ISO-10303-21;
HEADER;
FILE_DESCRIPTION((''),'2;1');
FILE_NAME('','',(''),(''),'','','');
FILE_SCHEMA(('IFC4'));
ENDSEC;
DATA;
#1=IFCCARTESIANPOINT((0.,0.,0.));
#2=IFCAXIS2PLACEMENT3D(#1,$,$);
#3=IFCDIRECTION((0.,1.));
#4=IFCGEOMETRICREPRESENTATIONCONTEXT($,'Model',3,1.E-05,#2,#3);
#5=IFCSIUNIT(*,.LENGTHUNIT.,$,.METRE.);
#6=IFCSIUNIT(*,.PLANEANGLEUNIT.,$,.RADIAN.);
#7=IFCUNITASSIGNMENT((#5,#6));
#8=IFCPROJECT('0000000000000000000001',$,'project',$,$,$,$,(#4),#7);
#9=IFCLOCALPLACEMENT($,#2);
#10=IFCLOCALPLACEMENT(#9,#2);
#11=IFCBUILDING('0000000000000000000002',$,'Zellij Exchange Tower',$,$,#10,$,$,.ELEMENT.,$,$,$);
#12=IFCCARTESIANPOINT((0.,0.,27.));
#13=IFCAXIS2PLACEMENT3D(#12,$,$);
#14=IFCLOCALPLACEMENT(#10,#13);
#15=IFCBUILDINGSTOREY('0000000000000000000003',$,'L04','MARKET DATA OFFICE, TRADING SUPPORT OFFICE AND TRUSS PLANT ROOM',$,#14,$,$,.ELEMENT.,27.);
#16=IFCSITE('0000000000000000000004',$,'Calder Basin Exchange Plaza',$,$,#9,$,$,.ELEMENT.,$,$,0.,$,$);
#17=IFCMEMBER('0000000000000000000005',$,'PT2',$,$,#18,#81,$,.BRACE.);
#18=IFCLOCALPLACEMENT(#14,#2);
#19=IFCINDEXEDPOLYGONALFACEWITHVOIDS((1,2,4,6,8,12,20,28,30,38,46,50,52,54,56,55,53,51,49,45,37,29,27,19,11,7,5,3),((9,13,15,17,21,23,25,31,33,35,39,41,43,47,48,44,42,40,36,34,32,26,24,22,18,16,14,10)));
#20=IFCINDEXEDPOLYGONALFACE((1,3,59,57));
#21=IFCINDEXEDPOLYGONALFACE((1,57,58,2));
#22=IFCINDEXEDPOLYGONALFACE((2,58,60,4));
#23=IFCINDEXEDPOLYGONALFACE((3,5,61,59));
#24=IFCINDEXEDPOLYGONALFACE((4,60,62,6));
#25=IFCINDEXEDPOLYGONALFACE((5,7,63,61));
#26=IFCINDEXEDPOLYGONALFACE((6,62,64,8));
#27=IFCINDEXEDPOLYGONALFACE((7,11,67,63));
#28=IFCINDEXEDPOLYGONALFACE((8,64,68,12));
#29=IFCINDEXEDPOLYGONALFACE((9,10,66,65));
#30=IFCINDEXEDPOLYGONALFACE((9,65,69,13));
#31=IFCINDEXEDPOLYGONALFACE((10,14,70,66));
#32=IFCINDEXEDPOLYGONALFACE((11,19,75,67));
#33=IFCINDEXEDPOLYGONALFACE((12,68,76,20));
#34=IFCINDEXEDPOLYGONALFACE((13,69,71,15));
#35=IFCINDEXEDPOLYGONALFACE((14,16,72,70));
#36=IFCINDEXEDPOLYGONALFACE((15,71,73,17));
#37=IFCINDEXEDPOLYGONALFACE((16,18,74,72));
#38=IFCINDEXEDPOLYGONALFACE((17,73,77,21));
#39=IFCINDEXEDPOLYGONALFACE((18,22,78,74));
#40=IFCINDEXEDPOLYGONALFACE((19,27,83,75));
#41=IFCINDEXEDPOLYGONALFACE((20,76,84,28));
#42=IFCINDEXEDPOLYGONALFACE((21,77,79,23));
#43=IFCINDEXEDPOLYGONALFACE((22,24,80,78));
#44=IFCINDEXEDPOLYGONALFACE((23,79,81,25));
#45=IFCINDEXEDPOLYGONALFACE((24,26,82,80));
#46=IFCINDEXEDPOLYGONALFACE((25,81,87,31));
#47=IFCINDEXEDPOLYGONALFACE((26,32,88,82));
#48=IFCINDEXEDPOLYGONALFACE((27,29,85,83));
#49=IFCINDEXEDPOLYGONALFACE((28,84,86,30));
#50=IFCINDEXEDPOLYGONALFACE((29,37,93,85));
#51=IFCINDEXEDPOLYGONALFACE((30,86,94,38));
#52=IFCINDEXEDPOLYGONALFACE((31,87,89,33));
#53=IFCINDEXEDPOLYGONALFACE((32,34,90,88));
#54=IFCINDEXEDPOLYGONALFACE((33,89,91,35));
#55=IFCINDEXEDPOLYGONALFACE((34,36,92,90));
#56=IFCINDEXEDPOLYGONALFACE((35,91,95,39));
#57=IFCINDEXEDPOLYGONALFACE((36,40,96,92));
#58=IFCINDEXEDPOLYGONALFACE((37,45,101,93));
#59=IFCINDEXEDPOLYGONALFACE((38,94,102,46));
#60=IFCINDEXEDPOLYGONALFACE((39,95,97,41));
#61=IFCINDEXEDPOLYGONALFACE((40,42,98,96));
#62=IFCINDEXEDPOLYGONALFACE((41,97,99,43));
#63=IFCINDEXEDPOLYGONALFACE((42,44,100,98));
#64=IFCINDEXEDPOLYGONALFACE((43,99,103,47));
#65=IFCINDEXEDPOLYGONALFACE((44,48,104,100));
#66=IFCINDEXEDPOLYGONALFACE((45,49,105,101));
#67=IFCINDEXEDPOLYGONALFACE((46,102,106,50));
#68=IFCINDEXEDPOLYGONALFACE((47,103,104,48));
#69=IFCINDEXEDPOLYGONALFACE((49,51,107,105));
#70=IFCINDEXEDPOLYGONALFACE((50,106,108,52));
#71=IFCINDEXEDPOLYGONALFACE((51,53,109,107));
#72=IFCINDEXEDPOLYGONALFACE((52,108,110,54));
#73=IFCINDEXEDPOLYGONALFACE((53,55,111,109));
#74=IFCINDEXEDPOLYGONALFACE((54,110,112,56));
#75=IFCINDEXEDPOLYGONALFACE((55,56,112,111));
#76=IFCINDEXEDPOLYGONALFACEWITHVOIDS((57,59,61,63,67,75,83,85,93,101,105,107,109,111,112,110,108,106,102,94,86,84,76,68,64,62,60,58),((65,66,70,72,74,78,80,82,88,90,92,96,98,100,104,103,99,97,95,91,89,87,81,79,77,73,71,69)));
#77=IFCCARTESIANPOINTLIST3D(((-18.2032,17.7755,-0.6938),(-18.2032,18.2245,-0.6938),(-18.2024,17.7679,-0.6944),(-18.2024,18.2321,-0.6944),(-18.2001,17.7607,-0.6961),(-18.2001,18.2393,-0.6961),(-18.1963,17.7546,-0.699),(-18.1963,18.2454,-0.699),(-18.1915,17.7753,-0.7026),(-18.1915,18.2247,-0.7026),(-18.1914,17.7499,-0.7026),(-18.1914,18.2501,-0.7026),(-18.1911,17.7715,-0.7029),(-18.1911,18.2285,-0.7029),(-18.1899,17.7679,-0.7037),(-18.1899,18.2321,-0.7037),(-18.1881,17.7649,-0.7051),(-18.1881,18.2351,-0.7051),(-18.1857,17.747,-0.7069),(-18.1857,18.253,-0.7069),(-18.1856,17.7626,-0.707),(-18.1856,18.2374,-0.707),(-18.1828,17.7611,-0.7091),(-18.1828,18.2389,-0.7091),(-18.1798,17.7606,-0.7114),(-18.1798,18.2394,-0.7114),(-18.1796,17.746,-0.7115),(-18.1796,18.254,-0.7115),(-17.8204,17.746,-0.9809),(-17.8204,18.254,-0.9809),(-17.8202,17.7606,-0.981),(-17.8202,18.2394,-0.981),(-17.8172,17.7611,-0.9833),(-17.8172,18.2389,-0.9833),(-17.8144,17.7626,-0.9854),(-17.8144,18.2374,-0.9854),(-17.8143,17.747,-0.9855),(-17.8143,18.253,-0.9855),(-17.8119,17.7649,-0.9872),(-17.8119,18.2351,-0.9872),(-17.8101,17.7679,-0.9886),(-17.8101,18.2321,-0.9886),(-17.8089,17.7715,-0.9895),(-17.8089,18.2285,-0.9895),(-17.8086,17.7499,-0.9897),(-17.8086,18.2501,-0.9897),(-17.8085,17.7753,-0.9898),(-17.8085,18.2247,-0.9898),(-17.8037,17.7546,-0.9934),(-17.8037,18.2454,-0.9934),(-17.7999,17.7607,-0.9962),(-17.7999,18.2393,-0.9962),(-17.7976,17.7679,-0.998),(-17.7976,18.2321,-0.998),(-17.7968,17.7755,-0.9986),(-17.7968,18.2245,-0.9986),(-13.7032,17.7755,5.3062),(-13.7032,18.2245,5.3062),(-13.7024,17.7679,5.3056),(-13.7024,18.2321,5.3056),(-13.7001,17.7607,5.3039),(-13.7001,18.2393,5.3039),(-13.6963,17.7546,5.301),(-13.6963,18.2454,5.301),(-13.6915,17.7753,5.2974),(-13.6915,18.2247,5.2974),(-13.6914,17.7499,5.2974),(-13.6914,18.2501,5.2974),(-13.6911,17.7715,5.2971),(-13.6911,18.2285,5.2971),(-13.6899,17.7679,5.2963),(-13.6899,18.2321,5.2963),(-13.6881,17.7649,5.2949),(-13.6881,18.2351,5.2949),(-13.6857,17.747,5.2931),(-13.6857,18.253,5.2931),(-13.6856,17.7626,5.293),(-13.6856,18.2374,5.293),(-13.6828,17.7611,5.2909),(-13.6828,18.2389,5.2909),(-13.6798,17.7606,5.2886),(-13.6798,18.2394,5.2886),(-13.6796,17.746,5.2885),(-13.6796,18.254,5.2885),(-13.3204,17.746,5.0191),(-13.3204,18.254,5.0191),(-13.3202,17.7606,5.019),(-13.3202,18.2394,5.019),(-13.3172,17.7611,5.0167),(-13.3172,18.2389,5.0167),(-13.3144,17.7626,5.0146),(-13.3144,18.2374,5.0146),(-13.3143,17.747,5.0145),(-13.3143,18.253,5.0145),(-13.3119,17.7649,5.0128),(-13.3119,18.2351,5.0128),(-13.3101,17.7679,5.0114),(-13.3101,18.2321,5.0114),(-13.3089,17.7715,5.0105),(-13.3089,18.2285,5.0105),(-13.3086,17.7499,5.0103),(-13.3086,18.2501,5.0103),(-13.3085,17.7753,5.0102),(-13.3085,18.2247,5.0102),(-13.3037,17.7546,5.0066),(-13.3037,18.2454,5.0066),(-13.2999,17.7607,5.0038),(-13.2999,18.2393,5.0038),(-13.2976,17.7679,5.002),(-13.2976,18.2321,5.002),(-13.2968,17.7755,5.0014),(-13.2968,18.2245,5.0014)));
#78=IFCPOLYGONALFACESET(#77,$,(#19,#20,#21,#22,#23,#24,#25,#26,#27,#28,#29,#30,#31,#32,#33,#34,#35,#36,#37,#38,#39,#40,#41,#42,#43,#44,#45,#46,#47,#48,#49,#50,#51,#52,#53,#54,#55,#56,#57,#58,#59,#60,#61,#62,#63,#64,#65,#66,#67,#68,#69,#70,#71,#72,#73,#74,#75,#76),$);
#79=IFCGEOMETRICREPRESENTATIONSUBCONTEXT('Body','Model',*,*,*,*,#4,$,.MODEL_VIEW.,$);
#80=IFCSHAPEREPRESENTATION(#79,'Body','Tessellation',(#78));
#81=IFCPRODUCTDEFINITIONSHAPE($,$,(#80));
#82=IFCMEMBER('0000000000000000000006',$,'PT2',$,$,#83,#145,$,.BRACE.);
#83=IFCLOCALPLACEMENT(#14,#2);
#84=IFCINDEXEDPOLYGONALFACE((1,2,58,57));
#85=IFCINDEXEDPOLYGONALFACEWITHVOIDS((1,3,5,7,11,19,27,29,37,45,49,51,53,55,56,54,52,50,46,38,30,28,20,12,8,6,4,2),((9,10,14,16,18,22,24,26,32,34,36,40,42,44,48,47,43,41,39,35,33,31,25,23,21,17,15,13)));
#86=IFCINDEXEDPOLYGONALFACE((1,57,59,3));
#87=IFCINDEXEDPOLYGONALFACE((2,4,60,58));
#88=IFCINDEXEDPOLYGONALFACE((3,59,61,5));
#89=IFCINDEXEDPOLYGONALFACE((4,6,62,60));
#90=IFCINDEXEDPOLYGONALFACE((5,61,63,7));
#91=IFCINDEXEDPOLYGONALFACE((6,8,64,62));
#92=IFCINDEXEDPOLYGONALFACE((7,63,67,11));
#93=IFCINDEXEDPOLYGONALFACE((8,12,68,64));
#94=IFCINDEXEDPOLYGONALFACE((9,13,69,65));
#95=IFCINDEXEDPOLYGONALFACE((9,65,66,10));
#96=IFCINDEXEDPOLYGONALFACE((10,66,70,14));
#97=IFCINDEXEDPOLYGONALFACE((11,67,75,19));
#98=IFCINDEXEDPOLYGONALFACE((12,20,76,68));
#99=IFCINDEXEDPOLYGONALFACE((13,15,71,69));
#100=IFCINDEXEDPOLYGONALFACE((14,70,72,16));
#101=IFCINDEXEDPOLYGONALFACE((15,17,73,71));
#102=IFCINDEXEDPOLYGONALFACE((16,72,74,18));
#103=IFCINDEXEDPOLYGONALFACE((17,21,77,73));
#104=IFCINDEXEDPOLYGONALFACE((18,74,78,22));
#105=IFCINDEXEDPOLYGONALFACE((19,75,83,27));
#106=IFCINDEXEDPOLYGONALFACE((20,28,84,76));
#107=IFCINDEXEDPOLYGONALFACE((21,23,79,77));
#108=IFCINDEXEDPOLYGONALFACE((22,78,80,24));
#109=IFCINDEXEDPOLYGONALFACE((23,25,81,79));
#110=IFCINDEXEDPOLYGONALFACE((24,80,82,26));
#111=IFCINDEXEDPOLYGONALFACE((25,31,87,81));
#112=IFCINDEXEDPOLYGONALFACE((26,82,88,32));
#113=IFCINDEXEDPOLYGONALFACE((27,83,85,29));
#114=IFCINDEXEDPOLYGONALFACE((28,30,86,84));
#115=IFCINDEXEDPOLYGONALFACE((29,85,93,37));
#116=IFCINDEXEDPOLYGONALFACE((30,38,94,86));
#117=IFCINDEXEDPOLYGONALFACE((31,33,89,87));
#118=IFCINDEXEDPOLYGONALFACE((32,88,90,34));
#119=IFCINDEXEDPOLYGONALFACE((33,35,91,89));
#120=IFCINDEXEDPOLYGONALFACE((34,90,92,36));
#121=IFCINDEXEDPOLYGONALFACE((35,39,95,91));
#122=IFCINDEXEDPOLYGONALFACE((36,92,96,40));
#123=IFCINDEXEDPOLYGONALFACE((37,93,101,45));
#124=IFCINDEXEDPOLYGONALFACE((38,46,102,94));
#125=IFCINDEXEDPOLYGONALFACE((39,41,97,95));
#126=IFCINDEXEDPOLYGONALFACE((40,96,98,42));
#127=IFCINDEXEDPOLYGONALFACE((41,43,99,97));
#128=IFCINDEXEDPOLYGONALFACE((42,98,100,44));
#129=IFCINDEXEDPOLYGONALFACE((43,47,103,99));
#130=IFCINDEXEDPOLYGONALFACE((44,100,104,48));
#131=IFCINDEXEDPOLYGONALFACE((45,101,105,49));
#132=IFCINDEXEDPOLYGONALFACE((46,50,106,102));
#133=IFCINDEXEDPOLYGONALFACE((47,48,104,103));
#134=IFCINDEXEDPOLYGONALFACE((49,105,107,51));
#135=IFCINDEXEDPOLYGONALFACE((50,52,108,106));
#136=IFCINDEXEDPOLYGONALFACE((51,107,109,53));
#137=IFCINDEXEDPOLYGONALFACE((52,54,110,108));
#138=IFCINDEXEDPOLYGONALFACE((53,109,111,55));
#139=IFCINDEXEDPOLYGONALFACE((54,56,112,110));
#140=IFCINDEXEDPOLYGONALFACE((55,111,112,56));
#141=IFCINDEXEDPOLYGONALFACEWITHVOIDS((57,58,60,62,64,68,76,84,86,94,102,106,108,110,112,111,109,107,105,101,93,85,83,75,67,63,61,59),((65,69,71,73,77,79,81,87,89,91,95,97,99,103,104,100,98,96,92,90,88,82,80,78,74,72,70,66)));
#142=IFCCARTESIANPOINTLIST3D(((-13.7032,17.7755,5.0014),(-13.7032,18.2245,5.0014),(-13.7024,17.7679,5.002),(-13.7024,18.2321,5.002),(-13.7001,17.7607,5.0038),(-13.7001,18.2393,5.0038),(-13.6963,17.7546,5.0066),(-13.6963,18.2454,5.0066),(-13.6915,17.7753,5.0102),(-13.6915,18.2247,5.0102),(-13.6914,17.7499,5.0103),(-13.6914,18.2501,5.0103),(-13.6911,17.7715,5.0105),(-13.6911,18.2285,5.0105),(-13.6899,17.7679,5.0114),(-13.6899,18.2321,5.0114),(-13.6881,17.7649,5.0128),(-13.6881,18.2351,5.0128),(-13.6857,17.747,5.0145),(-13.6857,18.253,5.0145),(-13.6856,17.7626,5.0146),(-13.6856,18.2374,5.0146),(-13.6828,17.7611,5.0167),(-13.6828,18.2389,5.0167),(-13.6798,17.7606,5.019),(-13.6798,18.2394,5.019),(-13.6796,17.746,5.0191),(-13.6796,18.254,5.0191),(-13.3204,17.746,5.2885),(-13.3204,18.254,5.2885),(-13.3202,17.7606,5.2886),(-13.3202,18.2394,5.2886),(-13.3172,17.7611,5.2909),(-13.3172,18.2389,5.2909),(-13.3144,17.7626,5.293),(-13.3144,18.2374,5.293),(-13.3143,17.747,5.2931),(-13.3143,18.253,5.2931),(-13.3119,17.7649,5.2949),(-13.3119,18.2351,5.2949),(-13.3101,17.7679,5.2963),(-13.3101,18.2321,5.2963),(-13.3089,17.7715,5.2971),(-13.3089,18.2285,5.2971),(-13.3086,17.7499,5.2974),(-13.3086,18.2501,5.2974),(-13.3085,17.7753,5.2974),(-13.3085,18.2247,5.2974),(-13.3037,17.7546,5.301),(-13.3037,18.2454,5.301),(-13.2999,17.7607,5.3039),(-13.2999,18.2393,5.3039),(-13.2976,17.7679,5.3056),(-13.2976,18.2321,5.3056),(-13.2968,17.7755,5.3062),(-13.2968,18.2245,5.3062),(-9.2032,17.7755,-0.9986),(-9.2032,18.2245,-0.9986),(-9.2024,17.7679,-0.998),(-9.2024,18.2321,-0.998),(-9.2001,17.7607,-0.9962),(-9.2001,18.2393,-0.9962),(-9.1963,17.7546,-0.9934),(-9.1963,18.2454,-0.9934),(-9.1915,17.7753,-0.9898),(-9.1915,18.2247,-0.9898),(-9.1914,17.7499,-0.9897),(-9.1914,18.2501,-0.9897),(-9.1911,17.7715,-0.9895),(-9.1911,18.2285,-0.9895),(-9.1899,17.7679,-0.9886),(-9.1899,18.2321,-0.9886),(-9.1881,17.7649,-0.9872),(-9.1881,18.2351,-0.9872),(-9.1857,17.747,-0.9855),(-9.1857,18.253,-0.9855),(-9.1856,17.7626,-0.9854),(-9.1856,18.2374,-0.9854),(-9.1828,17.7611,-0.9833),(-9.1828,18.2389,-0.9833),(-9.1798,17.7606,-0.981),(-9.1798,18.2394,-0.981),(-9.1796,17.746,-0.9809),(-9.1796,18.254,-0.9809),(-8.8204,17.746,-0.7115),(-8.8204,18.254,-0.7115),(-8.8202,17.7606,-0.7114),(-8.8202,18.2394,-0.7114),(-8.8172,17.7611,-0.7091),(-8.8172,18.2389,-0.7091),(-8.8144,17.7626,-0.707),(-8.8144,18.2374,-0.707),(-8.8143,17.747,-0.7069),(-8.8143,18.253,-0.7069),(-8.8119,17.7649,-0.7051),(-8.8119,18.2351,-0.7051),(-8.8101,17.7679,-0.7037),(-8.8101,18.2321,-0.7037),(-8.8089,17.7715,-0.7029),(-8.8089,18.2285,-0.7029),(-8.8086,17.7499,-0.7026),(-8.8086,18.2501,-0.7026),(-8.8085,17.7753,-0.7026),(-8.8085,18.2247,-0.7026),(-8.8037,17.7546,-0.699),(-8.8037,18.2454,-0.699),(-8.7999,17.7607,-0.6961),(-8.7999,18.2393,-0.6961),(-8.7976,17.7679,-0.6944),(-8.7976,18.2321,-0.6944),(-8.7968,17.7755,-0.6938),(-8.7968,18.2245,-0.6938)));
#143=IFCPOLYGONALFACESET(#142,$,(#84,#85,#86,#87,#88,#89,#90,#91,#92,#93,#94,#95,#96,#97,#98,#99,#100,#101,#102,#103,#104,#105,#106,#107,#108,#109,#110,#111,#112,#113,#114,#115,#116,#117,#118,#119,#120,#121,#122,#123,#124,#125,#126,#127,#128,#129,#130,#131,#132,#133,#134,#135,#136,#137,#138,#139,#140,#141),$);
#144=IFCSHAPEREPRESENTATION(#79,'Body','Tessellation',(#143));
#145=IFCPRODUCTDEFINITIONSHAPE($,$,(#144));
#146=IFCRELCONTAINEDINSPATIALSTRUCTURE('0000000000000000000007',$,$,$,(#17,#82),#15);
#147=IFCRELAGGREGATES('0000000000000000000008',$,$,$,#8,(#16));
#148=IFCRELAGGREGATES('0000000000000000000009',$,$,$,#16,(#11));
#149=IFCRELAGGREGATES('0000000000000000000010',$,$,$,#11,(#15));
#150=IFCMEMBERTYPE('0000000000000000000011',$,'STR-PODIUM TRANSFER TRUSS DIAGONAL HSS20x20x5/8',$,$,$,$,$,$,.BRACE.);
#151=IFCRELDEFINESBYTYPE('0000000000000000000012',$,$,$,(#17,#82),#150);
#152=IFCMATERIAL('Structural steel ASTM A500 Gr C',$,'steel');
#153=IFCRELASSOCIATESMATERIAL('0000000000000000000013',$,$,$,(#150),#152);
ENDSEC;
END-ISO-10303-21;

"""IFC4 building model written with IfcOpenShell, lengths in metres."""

from ifc_helpers import new_model, si_unit, direction, frame, origin, origin_2d, place, context, subcontext, project, spatial, hollow_rectangle, extrude, material, material_profile, profile_set, type_object, element, save


model = new_model("IFC4")

# Units and contexts
model_context = context("Model", 3, precision=1e-05, world=origin(), true_north=direction((0.0, 1.0)))
body_context = subcontext(model_context, "Body", "Model", "MODEL_VIEW")
ifc_project = project(units=[si_unit("LENGTHUNIT", "METRE"), si_unit("PLANEANGLEUNIT", "RADIAN")], contexts=[model_context])

# Site, building, storey
site_placement = place(None, origin())
site = spatial("IfcSite", under=ifc_project, at=site_placement, Name="Calder Basin Exchange Plaza", CompositionType="ELEMENT", RefElevation=0.0)
building_placement = place(site_placement, origin())
building = spatial("IfcBuilding", under=site, at=building_placement, Name="Zellij Exchange Tower", CompositionType="ELEMENT")
storey_placement = place(building_placement, frame((0.0, 0.0, 27.0)))
storey = spatial("IfcBuildingStorey", under=building, at=storey_placement, Name="L04", Description="MARKET DATA OFFICE, TRADING SUPPORT OFFICE AND TRUSS PLANT ROOM", CompositionType="ELEMENT", Elevation=27.0)

# Members
ifc_material_1 = material(Name="Structural steel ASTM A500 Gr C", Category="steel")
ifc_material_profile_1 = material_profile(ifc_material_1, hollow_rectangle(XDim=0.5081, YDim=0.5081, WallThickness=0.0146, InnerFilletRadius=0.0146, OuterFilletRadius=0.0295, at=origin_2d()), Name="STR-PODIUM TRANSFER TRUSS DIAGONAL HSS20x20x5/8")
ifc_profile_set_1 = profile_set([ifc_material_profile_1], Name="Structural steel ASTM A500 Gr C")
member_type_1 = type_object("IfcMemberType", Name="STR-PODIUM TRANSFER TRUSS DIAGONAL HSS20x20x5/8", PredefinedType="BRACE", material=ifc_profile_set_1)
for number, where, z_axis, x_axis, name in (
    (1, (-18.0, 18.0, -0.8462), (0.6, 0.0, 0.8), (0.0, 1.0, 0.0), "PT2"),
    (2, (-13.5, 18.0, 5.1538), (0.6, 0.0, -0.8), (0.0, 1.0, 0.0), "PT2"),
):
    element("IfcMember", number, at=place(storey_placement, frame(where, z_axis=z_axis, x_axis=x_axis)), inside=storey, type_object=member_type_1, Name=name, PredefinedType="BRACE", context=body_context, shape_type="SweptSolid", body=[
        extrude(hollow_rectangle(XDim=0.5081, YDim=0.5081, WallThickness=0.0146, InnerFilletRadius=0.0146, OuterFilletRadius=0.0295, at=origin_2d()), origin(), (0.0, 0.0, 1.0), 7.5),
    ])

save(model, "model.ifc")
